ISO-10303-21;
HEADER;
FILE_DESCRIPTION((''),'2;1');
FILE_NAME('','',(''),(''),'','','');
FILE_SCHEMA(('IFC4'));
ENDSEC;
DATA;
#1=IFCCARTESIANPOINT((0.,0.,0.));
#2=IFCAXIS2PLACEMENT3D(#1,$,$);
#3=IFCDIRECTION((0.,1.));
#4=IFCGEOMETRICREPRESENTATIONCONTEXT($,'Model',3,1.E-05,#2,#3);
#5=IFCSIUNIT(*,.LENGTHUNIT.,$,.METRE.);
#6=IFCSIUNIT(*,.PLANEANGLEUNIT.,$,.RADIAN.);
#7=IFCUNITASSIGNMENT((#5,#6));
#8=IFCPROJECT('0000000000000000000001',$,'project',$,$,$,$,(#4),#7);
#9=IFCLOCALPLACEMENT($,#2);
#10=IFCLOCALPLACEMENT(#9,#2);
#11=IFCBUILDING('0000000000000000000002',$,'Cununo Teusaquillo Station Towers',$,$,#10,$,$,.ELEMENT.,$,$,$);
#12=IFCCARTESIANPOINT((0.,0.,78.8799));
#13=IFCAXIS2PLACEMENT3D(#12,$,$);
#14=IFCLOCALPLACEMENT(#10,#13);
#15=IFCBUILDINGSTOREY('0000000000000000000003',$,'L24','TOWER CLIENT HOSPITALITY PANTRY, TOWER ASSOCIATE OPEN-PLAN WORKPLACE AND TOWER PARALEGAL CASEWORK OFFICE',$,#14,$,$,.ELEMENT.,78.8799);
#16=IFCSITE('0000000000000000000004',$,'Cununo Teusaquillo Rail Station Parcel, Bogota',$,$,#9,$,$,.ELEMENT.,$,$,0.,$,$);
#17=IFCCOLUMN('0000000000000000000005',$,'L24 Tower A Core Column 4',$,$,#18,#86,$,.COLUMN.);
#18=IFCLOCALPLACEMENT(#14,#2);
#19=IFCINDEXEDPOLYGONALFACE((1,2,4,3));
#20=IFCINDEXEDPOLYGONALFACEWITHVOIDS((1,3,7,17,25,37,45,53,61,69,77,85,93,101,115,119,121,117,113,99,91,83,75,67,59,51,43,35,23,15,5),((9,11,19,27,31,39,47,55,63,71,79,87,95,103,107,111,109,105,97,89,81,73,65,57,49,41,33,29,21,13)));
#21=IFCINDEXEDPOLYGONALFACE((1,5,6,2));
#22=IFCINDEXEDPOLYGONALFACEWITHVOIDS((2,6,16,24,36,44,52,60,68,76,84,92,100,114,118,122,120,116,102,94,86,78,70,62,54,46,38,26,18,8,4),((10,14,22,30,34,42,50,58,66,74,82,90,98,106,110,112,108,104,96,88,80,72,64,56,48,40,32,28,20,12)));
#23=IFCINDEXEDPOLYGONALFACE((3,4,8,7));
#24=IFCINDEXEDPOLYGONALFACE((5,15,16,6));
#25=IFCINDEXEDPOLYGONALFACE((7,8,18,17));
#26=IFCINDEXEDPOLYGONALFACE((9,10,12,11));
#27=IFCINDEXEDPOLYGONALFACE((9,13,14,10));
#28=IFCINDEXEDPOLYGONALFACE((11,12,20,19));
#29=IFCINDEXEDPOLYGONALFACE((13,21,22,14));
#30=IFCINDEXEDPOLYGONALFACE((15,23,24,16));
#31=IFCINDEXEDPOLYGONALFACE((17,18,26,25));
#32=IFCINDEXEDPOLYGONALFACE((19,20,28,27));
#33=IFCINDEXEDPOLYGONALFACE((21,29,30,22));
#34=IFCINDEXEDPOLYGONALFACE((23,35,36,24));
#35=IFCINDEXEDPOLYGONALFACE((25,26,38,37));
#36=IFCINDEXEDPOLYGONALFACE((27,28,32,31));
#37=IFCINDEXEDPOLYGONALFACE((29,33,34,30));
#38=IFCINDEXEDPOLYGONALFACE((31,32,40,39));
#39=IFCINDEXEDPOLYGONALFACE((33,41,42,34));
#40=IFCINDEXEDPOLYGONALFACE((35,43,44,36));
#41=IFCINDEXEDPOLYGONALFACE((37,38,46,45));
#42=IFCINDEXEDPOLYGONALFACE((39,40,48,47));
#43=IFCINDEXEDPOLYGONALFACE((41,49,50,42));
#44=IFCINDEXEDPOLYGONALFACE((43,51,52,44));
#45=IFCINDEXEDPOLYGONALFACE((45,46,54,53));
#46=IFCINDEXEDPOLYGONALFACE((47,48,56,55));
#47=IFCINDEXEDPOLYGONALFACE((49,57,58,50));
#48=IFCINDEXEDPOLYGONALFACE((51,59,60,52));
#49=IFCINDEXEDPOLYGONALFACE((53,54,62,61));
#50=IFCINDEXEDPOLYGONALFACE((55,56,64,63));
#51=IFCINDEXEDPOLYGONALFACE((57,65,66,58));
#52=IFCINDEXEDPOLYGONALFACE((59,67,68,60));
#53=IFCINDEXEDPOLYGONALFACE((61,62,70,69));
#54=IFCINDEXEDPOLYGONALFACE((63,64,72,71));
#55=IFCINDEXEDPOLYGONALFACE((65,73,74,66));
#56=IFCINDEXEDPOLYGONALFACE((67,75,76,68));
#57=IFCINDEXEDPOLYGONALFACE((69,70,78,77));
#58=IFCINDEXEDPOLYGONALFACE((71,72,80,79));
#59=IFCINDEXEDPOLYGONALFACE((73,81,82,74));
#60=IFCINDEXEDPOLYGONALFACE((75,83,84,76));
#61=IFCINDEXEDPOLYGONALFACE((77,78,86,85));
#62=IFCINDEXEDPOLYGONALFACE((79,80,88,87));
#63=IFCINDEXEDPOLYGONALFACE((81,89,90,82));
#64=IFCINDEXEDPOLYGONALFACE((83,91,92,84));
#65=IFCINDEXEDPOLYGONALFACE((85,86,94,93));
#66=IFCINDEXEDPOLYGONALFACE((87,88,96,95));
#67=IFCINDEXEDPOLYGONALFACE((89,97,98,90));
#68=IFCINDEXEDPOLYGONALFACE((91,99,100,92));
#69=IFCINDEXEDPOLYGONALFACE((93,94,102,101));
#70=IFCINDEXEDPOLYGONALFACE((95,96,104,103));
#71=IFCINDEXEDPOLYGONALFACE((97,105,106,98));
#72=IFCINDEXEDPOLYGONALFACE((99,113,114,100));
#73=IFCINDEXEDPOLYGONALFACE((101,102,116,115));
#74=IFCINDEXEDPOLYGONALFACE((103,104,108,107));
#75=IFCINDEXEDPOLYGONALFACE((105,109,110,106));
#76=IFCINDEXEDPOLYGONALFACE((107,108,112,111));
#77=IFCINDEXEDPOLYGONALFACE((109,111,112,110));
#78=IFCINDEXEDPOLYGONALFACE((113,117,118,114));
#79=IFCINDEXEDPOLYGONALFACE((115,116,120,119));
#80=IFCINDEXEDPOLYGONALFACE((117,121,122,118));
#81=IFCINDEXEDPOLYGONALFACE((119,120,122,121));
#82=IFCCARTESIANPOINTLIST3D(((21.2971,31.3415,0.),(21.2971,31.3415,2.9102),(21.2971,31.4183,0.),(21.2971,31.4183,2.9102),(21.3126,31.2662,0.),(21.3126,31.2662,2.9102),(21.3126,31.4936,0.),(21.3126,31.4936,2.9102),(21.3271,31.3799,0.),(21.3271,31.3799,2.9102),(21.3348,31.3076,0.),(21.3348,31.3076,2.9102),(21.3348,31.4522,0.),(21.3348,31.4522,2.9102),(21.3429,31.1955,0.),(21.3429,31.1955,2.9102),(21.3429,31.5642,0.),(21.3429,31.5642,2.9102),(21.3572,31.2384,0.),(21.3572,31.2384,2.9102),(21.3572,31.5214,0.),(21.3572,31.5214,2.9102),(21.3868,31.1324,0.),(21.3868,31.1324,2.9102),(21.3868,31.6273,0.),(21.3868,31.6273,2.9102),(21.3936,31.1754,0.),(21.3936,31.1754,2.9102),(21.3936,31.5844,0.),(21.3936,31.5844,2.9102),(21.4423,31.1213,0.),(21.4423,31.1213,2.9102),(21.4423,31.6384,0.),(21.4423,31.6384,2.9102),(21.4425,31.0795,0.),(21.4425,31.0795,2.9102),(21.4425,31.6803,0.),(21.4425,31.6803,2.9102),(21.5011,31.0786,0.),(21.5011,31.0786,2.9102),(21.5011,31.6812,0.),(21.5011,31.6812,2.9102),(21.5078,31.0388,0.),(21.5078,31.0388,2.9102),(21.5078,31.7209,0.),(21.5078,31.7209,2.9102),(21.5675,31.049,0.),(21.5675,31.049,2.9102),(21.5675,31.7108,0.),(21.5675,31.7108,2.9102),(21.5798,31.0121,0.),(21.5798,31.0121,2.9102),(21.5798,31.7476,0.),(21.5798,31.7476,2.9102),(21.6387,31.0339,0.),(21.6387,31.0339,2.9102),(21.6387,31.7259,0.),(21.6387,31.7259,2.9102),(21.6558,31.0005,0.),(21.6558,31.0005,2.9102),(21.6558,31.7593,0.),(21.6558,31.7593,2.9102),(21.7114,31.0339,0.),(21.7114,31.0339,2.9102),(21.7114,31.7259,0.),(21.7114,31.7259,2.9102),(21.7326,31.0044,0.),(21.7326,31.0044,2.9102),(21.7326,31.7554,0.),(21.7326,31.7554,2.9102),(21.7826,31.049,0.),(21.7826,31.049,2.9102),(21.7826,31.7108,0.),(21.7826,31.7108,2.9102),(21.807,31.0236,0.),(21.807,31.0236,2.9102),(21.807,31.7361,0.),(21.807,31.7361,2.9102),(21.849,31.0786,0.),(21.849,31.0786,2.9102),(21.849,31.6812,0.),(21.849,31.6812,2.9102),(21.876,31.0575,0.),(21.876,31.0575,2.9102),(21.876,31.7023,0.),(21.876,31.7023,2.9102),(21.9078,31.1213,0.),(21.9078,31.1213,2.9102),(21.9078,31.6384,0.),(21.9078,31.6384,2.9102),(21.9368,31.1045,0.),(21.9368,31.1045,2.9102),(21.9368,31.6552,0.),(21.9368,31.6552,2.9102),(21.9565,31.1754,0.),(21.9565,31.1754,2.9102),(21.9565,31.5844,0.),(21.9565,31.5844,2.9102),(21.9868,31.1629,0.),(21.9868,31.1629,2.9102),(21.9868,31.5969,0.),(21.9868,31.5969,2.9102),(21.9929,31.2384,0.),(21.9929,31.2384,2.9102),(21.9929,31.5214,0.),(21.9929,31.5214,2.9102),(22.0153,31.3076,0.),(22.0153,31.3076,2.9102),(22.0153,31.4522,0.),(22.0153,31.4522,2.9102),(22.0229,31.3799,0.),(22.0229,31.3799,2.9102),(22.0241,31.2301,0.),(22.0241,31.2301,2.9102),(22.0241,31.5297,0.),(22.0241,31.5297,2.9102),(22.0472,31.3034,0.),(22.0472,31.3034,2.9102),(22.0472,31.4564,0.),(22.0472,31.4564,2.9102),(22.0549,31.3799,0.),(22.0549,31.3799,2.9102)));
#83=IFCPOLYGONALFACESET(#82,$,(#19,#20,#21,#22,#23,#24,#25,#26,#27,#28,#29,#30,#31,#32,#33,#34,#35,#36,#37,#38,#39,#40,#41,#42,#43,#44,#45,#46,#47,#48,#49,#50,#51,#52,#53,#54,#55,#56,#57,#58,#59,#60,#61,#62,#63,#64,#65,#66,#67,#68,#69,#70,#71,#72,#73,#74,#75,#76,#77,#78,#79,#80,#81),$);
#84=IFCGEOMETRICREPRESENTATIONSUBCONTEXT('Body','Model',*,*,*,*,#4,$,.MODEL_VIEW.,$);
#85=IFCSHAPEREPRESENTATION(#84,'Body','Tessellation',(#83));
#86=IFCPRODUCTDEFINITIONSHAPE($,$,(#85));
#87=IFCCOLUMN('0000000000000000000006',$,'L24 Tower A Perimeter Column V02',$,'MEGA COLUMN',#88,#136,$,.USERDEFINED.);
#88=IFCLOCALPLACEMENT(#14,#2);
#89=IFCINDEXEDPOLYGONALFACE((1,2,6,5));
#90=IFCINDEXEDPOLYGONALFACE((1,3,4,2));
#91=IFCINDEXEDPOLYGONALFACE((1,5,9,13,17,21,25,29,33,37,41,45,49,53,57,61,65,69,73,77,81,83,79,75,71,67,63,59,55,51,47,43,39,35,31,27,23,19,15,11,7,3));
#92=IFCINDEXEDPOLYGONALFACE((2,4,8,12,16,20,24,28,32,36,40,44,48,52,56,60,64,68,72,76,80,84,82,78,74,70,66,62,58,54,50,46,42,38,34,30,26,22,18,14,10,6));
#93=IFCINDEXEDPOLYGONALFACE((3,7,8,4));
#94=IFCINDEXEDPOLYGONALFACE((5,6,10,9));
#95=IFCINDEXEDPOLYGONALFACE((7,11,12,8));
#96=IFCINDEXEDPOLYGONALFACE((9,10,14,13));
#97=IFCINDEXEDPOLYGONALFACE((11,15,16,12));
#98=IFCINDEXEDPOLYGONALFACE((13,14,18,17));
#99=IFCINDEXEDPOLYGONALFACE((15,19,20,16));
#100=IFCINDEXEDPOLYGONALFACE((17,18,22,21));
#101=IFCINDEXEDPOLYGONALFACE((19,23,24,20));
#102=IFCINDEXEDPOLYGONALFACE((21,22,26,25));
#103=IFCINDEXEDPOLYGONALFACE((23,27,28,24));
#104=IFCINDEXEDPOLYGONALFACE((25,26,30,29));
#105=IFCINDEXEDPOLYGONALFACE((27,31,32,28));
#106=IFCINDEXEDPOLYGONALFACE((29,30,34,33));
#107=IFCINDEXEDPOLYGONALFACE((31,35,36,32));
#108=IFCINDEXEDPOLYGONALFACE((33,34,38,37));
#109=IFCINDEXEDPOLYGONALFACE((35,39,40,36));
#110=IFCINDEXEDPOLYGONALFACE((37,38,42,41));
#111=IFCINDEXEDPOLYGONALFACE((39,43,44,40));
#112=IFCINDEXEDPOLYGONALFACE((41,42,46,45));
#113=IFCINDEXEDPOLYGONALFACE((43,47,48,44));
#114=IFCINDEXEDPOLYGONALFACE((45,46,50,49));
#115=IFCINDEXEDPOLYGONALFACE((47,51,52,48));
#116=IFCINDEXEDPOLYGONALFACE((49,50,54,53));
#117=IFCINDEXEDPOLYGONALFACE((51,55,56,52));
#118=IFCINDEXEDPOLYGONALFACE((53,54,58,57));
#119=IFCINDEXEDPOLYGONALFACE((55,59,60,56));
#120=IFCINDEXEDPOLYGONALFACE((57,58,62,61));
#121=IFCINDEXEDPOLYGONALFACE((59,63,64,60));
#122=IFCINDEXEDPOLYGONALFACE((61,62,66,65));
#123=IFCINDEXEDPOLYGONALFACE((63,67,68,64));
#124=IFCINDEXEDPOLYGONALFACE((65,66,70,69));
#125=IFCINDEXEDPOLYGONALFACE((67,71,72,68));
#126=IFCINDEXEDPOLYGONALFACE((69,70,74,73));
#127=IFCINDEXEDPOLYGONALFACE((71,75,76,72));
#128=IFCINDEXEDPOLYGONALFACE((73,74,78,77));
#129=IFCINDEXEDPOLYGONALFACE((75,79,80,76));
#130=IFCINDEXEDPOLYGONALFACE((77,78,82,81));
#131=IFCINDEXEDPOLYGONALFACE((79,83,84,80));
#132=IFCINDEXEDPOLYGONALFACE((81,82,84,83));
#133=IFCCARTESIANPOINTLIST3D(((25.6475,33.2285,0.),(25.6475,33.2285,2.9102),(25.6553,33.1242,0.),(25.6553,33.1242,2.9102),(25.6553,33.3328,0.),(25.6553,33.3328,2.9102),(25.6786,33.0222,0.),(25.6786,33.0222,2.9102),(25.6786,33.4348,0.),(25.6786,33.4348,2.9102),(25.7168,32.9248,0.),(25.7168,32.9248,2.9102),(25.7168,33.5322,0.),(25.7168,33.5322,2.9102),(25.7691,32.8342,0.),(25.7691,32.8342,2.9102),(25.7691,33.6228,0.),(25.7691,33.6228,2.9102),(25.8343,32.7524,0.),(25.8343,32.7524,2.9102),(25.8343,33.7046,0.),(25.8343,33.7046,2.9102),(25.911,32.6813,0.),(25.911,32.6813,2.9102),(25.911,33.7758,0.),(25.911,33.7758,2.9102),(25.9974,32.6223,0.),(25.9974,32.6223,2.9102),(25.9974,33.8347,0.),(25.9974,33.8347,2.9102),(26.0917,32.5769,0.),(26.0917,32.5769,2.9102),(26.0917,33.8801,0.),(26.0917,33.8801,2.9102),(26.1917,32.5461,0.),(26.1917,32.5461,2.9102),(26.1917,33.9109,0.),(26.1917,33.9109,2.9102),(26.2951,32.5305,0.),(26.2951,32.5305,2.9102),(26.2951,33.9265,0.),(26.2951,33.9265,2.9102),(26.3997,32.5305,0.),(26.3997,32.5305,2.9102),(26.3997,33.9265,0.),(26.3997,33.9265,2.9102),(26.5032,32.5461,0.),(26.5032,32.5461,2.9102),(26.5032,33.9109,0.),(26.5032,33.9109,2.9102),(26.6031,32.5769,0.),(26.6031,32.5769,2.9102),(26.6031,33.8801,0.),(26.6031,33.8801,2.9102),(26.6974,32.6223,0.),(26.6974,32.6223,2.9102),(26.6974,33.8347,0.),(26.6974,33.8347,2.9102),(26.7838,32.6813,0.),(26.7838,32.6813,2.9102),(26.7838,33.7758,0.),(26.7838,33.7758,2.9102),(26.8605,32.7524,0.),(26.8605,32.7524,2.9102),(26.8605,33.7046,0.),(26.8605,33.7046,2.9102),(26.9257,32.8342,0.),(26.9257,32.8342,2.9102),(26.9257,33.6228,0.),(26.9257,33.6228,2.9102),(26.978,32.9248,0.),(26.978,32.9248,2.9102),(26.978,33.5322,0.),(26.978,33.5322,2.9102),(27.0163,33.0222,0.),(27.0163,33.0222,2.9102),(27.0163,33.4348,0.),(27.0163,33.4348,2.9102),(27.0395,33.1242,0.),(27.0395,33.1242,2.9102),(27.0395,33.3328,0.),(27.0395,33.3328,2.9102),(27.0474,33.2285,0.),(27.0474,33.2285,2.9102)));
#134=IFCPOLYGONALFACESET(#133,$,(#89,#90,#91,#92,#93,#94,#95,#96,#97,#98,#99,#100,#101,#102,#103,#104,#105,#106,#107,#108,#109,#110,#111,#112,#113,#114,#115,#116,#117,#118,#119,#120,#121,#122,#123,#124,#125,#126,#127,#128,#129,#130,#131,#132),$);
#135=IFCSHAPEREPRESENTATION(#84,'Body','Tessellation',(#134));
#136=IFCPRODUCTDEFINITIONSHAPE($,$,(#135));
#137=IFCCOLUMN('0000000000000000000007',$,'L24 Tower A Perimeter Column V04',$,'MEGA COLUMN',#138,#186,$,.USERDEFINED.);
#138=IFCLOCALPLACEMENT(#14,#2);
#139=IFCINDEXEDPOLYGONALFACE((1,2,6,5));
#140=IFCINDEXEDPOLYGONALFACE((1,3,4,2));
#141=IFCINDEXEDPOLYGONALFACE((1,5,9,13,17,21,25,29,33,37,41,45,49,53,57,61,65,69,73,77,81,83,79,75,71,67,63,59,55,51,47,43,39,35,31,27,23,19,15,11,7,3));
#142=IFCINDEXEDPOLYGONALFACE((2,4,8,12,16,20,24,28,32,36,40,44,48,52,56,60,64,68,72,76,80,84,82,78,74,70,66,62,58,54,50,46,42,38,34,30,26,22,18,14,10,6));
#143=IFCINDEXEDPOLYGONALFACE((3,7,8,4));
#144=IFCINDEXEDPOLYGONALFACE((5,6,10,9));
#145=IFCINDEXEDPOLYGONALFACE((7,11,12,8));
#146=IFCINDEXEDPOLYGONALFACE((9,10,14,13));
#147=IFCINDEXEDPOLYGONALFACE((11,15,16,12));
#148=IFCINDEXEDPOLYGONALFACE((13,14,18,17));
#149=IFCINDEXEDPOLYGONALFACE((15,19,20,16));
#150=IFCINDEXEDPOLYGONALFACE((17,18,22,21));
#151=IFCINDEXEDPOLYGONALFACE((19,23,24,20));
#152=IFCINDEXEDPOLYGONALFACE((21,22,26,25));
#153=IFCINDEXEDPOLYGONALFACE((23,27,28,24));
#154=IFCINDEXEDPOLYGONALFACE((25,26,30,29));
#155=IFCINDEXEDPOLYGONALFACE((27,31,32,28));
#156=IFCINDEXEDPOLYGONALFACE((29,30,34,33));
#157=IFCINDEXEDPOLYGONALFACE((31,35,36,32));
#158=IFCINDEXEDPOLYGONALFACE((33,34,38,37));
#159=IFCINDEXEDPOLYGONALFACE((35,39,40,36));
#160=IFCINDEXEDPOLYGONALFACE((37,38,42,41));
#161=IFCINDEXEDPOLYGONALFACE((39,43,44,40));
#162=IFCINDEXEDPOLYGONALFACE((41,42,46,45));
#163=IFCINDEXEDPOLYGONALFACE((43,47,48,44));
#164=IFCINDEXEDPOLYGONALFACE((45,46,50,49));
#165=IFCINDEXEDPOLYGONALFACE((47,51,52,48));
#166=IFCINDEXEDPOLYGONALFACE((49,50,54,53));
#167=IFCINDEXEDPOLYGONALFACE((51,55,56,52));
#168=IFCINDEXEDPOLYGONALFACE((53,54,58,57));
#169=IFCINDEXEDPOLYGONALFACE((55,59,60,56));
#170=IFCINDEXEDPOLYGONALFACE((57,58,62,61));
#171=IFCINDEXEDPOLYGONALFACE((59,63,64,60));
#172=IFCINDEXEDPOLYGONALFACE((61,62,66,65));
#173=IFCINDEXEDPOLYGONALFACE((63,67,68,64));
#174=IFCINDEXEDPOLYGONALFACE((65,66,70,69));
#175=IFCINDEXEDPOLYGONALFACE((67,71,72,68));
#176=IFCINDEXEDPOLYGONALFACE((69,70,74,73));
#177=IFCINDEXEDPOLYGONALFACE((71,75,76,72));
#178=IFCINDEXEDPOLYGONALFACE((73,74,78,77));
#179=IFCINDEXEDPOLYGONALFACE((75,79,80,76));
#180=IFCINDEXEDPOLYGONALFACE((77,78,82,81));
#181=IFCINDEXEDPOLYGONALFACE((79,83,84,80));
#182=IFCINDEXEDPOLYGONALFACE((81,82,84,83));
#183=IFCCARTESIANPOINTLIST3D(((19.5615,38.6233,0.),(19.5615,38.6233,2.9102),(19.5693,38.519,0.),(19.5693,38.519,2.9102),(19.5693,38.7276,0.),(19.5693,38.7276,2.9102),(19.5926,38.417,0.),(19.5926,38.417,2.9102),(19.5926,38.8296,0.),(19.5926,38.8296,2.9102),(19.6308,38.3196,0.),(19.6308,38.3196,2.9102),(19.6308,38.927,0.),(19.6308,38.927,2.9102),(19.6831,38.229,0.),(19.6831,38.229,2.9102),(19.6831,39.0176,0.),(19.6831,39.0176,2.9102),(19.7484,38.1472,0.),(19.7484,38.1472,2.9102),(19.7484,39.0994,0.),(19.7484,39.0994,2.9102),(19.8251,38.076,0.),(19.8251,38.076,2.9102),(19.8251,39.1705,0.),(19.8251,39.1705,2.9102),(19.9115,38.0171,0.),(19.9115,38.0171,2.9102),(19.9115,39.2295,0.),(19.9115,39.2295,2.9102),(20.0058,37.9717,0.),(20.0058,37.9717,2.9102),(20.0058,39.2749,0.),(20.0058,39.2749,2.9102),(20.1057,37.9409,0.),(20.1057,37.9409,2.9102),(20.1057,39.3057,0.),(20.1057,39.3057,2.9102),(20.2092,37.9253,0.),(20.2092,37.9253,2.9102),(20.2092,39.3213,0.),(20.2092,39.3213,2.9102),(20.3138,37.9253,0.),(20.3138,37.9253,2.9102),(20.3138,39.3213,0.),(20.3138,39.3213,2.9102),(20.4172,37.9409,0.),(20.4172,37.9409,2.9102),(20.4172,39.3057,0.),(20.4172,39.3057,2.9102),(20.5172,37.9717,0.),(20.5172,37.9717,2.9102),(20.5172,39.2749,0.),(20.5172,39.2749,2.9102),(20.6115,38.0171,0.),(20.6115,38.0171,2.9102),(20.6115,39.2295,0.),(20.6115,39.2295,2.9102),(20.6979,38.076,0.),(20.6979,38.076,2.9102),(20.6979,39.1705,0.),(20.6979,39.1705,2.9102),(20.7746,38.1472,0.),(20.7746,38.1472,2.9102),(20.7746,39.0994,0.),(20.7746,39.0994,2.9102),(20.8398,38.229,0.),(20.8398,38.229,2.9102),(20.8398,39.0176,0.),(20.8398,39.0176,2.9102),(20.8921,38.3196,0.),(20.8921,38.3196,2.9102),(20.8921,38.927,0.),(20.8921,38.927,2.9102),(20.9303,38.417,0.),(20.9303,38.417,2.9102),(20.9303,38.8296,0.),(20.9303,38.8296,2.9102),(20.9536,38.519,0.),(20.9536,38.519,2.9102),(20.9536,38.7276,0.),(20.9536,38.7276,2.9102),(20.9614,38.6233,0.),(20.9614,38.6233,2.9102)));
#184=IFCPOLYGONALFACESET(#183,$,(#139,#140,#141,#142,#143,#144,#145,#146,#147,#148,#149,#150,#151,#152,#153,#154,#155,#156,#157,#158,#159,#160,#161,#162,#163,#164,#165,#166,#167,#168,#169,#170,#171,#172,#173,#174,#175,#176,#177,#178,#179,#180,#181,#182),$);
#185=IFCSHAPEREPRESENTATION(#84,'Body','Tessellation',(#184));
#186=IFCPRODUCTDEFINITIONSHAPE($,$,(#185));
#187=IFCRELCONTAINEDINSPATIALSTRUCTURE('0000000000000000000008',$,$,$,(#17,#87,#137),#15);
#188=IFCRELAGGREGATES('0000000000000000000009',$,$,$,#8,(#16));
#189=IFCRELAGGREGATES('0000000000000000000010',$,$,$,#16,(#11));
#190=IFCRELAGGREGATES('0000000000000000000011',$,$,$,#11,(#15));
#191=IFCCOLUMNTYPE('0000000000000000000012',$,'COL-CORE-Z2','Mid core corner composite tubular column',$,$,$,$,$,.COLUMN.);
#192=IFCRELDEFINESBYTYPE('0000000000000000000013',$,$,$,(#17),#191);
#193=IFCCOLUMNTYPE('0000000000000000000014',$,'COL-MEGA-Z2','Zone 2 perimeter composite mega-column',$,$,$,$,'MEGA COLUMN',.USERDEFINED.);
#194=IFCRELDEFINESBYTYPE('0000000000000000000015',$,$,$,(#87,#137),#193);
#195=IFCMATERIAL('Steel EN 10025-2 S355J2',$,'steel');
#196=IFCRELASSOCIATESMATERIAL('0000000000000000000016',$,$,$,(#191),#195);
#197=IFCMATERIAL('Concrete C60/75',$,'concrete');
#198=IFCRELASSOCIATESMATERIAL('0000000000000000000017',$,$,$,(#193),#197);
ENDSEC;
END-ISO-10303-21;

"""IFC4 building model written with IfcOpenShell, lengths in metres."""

from ifc_helpers import new_model, si_unit, direction, frame, origin, origin_2d, place, context, subcontext, project, spatial, circle, hollow_circle, extrude, material, material_profile, profile_set, type_object, element, save


model = new_model("IFC4")

# Units and contexts
model_context = context("Model", 3, precision=1e-05, world=origin(), true_north=direction((0.0, 1.0)))
body_context = subcontext(model_context, "Body", "Model", "MODEL_VIEW")
ifc_project = project(units=[si_unit("LENGTHUNIT", "METRE"), si_unit("PLANEANGLEUNIT", "RADIAN")], contexts=[model_context])

# Site, building, storey
site_placement = place(None, origin())
site = spatial("IfcSite", under=ifc_project, at=site_placement, Name="Cununo Teusaquillo Rail Station Parcel, Bogota", CompositionType="ELEMENT", RefElevation=0.0)
building_placement = place(site_placement, origin())
building = spatial("IfcBuilding", under=site, at=building_placement, Name="Cununo Teusaquillo Station Towers", CompositionType="ELEMENT")
storey_placement = place(building_placement, frame((0.0, 0.0, 78.8799)))
storey = spatial("IfcBuildingStorey", under=building, at=storey_placement, Name="L24", Description="TOWER CLIENT HOSPITALITY PANTRY, TOWER ASSOCIATE OPEN-PLAN WORKPLACE AND TOWER PARALEGAL CASEWORK OFFICE", CompositionType="ELEMENT", Elevation=78.8799)

# Columns
ifc_material_1 = material(Name="Steel EN 10025-2 S355J2", Category="steel")
ifc_material_profile_1 = material_profile(ifc_material_1, hollow_circle(Radius=0.3799, WallThickness=0.032, at=origin_2d()), Name="CHS 760x32")
ifc_profile_set_1 = profile_set([ifc_material_profile_1], Name="Steel EN 10025-2 S355J2")
column_type_1 = type_object("IfcColumnType", Name="COL-CORE-Z2", Description="Mid core corner composite tubular column", PredefinedType="COLUMN", material=ifc_profile_set_1)
column_placement = place(storey_placement, frame((21.675, 31.3799, 0.0), z_axis=(0.0, 0.0, 1.0), x_axis=(1.0, 0.0, 0.0)))
element("IfcColumn", 1, at=column_placement, inside=storey, type_object=column_type_1, Name="L24 Tower A Core Column 4", PredefinedType="COLUMN", context=body_context, shape_type="SweptSolid", body=[
    extrude(hollow_circle(Radius=0.3799, WallThickness=0.032, at=origin_2d()), origin(), (0.0, 0.0, 1.0), 2.9102),
])
ifc_material_2 = material(Name="Concrete C60/75", Category="concrete")
ifc_material_profile_2 = material_profile(ifc_material_2, circle(Radius=0.7, at=origin_2d()), Name="RC-CIRC-1400")
ifc_profile_set_2 = profile_set([ifc_material_profile_2], Name="Concrete C60/75")
column_type_2 = type_object("IfcColumnType", Name="COL-MEGA-Z2", Description="Zone 2 perimeter composite mega-column", ElementType="MEGA COLUMN", PredefinedType="USERDEFINED", material=ifc_profile_set_2)
for number, where, z_axis, x_axis, name in (
    (2, (26.3474, 33.2285, 0.0), (0.0, 0.0, 1.0), (1.0, 0.0, 0.0), "L24 Tower A Perimeter Column V02"),
    (3, (20.2615, 38.6233, 0.0), (0.0, 0.0, 1.0), (1.0, 0.0, 0.0), "L24 Tower A Perimeter Column V04"),
):
    element("IfcColumn", number, at=place(storey_placement, frame(where, z_axis=z_axis, x_axis=x_axis)), inside=storey, type_object=column_type_2, Name=name, ObjectType="MEGA COLUMN", PredefinedType="USERDEFINED", context=body_context, shape_type="SweptSolid", body=[
        extrude(circle(Radius=0.7, at=origin_2d()), origin(), (0.0, 0.0, 1.0), 2.9102),
    ])

save(model, "model.ifc")
